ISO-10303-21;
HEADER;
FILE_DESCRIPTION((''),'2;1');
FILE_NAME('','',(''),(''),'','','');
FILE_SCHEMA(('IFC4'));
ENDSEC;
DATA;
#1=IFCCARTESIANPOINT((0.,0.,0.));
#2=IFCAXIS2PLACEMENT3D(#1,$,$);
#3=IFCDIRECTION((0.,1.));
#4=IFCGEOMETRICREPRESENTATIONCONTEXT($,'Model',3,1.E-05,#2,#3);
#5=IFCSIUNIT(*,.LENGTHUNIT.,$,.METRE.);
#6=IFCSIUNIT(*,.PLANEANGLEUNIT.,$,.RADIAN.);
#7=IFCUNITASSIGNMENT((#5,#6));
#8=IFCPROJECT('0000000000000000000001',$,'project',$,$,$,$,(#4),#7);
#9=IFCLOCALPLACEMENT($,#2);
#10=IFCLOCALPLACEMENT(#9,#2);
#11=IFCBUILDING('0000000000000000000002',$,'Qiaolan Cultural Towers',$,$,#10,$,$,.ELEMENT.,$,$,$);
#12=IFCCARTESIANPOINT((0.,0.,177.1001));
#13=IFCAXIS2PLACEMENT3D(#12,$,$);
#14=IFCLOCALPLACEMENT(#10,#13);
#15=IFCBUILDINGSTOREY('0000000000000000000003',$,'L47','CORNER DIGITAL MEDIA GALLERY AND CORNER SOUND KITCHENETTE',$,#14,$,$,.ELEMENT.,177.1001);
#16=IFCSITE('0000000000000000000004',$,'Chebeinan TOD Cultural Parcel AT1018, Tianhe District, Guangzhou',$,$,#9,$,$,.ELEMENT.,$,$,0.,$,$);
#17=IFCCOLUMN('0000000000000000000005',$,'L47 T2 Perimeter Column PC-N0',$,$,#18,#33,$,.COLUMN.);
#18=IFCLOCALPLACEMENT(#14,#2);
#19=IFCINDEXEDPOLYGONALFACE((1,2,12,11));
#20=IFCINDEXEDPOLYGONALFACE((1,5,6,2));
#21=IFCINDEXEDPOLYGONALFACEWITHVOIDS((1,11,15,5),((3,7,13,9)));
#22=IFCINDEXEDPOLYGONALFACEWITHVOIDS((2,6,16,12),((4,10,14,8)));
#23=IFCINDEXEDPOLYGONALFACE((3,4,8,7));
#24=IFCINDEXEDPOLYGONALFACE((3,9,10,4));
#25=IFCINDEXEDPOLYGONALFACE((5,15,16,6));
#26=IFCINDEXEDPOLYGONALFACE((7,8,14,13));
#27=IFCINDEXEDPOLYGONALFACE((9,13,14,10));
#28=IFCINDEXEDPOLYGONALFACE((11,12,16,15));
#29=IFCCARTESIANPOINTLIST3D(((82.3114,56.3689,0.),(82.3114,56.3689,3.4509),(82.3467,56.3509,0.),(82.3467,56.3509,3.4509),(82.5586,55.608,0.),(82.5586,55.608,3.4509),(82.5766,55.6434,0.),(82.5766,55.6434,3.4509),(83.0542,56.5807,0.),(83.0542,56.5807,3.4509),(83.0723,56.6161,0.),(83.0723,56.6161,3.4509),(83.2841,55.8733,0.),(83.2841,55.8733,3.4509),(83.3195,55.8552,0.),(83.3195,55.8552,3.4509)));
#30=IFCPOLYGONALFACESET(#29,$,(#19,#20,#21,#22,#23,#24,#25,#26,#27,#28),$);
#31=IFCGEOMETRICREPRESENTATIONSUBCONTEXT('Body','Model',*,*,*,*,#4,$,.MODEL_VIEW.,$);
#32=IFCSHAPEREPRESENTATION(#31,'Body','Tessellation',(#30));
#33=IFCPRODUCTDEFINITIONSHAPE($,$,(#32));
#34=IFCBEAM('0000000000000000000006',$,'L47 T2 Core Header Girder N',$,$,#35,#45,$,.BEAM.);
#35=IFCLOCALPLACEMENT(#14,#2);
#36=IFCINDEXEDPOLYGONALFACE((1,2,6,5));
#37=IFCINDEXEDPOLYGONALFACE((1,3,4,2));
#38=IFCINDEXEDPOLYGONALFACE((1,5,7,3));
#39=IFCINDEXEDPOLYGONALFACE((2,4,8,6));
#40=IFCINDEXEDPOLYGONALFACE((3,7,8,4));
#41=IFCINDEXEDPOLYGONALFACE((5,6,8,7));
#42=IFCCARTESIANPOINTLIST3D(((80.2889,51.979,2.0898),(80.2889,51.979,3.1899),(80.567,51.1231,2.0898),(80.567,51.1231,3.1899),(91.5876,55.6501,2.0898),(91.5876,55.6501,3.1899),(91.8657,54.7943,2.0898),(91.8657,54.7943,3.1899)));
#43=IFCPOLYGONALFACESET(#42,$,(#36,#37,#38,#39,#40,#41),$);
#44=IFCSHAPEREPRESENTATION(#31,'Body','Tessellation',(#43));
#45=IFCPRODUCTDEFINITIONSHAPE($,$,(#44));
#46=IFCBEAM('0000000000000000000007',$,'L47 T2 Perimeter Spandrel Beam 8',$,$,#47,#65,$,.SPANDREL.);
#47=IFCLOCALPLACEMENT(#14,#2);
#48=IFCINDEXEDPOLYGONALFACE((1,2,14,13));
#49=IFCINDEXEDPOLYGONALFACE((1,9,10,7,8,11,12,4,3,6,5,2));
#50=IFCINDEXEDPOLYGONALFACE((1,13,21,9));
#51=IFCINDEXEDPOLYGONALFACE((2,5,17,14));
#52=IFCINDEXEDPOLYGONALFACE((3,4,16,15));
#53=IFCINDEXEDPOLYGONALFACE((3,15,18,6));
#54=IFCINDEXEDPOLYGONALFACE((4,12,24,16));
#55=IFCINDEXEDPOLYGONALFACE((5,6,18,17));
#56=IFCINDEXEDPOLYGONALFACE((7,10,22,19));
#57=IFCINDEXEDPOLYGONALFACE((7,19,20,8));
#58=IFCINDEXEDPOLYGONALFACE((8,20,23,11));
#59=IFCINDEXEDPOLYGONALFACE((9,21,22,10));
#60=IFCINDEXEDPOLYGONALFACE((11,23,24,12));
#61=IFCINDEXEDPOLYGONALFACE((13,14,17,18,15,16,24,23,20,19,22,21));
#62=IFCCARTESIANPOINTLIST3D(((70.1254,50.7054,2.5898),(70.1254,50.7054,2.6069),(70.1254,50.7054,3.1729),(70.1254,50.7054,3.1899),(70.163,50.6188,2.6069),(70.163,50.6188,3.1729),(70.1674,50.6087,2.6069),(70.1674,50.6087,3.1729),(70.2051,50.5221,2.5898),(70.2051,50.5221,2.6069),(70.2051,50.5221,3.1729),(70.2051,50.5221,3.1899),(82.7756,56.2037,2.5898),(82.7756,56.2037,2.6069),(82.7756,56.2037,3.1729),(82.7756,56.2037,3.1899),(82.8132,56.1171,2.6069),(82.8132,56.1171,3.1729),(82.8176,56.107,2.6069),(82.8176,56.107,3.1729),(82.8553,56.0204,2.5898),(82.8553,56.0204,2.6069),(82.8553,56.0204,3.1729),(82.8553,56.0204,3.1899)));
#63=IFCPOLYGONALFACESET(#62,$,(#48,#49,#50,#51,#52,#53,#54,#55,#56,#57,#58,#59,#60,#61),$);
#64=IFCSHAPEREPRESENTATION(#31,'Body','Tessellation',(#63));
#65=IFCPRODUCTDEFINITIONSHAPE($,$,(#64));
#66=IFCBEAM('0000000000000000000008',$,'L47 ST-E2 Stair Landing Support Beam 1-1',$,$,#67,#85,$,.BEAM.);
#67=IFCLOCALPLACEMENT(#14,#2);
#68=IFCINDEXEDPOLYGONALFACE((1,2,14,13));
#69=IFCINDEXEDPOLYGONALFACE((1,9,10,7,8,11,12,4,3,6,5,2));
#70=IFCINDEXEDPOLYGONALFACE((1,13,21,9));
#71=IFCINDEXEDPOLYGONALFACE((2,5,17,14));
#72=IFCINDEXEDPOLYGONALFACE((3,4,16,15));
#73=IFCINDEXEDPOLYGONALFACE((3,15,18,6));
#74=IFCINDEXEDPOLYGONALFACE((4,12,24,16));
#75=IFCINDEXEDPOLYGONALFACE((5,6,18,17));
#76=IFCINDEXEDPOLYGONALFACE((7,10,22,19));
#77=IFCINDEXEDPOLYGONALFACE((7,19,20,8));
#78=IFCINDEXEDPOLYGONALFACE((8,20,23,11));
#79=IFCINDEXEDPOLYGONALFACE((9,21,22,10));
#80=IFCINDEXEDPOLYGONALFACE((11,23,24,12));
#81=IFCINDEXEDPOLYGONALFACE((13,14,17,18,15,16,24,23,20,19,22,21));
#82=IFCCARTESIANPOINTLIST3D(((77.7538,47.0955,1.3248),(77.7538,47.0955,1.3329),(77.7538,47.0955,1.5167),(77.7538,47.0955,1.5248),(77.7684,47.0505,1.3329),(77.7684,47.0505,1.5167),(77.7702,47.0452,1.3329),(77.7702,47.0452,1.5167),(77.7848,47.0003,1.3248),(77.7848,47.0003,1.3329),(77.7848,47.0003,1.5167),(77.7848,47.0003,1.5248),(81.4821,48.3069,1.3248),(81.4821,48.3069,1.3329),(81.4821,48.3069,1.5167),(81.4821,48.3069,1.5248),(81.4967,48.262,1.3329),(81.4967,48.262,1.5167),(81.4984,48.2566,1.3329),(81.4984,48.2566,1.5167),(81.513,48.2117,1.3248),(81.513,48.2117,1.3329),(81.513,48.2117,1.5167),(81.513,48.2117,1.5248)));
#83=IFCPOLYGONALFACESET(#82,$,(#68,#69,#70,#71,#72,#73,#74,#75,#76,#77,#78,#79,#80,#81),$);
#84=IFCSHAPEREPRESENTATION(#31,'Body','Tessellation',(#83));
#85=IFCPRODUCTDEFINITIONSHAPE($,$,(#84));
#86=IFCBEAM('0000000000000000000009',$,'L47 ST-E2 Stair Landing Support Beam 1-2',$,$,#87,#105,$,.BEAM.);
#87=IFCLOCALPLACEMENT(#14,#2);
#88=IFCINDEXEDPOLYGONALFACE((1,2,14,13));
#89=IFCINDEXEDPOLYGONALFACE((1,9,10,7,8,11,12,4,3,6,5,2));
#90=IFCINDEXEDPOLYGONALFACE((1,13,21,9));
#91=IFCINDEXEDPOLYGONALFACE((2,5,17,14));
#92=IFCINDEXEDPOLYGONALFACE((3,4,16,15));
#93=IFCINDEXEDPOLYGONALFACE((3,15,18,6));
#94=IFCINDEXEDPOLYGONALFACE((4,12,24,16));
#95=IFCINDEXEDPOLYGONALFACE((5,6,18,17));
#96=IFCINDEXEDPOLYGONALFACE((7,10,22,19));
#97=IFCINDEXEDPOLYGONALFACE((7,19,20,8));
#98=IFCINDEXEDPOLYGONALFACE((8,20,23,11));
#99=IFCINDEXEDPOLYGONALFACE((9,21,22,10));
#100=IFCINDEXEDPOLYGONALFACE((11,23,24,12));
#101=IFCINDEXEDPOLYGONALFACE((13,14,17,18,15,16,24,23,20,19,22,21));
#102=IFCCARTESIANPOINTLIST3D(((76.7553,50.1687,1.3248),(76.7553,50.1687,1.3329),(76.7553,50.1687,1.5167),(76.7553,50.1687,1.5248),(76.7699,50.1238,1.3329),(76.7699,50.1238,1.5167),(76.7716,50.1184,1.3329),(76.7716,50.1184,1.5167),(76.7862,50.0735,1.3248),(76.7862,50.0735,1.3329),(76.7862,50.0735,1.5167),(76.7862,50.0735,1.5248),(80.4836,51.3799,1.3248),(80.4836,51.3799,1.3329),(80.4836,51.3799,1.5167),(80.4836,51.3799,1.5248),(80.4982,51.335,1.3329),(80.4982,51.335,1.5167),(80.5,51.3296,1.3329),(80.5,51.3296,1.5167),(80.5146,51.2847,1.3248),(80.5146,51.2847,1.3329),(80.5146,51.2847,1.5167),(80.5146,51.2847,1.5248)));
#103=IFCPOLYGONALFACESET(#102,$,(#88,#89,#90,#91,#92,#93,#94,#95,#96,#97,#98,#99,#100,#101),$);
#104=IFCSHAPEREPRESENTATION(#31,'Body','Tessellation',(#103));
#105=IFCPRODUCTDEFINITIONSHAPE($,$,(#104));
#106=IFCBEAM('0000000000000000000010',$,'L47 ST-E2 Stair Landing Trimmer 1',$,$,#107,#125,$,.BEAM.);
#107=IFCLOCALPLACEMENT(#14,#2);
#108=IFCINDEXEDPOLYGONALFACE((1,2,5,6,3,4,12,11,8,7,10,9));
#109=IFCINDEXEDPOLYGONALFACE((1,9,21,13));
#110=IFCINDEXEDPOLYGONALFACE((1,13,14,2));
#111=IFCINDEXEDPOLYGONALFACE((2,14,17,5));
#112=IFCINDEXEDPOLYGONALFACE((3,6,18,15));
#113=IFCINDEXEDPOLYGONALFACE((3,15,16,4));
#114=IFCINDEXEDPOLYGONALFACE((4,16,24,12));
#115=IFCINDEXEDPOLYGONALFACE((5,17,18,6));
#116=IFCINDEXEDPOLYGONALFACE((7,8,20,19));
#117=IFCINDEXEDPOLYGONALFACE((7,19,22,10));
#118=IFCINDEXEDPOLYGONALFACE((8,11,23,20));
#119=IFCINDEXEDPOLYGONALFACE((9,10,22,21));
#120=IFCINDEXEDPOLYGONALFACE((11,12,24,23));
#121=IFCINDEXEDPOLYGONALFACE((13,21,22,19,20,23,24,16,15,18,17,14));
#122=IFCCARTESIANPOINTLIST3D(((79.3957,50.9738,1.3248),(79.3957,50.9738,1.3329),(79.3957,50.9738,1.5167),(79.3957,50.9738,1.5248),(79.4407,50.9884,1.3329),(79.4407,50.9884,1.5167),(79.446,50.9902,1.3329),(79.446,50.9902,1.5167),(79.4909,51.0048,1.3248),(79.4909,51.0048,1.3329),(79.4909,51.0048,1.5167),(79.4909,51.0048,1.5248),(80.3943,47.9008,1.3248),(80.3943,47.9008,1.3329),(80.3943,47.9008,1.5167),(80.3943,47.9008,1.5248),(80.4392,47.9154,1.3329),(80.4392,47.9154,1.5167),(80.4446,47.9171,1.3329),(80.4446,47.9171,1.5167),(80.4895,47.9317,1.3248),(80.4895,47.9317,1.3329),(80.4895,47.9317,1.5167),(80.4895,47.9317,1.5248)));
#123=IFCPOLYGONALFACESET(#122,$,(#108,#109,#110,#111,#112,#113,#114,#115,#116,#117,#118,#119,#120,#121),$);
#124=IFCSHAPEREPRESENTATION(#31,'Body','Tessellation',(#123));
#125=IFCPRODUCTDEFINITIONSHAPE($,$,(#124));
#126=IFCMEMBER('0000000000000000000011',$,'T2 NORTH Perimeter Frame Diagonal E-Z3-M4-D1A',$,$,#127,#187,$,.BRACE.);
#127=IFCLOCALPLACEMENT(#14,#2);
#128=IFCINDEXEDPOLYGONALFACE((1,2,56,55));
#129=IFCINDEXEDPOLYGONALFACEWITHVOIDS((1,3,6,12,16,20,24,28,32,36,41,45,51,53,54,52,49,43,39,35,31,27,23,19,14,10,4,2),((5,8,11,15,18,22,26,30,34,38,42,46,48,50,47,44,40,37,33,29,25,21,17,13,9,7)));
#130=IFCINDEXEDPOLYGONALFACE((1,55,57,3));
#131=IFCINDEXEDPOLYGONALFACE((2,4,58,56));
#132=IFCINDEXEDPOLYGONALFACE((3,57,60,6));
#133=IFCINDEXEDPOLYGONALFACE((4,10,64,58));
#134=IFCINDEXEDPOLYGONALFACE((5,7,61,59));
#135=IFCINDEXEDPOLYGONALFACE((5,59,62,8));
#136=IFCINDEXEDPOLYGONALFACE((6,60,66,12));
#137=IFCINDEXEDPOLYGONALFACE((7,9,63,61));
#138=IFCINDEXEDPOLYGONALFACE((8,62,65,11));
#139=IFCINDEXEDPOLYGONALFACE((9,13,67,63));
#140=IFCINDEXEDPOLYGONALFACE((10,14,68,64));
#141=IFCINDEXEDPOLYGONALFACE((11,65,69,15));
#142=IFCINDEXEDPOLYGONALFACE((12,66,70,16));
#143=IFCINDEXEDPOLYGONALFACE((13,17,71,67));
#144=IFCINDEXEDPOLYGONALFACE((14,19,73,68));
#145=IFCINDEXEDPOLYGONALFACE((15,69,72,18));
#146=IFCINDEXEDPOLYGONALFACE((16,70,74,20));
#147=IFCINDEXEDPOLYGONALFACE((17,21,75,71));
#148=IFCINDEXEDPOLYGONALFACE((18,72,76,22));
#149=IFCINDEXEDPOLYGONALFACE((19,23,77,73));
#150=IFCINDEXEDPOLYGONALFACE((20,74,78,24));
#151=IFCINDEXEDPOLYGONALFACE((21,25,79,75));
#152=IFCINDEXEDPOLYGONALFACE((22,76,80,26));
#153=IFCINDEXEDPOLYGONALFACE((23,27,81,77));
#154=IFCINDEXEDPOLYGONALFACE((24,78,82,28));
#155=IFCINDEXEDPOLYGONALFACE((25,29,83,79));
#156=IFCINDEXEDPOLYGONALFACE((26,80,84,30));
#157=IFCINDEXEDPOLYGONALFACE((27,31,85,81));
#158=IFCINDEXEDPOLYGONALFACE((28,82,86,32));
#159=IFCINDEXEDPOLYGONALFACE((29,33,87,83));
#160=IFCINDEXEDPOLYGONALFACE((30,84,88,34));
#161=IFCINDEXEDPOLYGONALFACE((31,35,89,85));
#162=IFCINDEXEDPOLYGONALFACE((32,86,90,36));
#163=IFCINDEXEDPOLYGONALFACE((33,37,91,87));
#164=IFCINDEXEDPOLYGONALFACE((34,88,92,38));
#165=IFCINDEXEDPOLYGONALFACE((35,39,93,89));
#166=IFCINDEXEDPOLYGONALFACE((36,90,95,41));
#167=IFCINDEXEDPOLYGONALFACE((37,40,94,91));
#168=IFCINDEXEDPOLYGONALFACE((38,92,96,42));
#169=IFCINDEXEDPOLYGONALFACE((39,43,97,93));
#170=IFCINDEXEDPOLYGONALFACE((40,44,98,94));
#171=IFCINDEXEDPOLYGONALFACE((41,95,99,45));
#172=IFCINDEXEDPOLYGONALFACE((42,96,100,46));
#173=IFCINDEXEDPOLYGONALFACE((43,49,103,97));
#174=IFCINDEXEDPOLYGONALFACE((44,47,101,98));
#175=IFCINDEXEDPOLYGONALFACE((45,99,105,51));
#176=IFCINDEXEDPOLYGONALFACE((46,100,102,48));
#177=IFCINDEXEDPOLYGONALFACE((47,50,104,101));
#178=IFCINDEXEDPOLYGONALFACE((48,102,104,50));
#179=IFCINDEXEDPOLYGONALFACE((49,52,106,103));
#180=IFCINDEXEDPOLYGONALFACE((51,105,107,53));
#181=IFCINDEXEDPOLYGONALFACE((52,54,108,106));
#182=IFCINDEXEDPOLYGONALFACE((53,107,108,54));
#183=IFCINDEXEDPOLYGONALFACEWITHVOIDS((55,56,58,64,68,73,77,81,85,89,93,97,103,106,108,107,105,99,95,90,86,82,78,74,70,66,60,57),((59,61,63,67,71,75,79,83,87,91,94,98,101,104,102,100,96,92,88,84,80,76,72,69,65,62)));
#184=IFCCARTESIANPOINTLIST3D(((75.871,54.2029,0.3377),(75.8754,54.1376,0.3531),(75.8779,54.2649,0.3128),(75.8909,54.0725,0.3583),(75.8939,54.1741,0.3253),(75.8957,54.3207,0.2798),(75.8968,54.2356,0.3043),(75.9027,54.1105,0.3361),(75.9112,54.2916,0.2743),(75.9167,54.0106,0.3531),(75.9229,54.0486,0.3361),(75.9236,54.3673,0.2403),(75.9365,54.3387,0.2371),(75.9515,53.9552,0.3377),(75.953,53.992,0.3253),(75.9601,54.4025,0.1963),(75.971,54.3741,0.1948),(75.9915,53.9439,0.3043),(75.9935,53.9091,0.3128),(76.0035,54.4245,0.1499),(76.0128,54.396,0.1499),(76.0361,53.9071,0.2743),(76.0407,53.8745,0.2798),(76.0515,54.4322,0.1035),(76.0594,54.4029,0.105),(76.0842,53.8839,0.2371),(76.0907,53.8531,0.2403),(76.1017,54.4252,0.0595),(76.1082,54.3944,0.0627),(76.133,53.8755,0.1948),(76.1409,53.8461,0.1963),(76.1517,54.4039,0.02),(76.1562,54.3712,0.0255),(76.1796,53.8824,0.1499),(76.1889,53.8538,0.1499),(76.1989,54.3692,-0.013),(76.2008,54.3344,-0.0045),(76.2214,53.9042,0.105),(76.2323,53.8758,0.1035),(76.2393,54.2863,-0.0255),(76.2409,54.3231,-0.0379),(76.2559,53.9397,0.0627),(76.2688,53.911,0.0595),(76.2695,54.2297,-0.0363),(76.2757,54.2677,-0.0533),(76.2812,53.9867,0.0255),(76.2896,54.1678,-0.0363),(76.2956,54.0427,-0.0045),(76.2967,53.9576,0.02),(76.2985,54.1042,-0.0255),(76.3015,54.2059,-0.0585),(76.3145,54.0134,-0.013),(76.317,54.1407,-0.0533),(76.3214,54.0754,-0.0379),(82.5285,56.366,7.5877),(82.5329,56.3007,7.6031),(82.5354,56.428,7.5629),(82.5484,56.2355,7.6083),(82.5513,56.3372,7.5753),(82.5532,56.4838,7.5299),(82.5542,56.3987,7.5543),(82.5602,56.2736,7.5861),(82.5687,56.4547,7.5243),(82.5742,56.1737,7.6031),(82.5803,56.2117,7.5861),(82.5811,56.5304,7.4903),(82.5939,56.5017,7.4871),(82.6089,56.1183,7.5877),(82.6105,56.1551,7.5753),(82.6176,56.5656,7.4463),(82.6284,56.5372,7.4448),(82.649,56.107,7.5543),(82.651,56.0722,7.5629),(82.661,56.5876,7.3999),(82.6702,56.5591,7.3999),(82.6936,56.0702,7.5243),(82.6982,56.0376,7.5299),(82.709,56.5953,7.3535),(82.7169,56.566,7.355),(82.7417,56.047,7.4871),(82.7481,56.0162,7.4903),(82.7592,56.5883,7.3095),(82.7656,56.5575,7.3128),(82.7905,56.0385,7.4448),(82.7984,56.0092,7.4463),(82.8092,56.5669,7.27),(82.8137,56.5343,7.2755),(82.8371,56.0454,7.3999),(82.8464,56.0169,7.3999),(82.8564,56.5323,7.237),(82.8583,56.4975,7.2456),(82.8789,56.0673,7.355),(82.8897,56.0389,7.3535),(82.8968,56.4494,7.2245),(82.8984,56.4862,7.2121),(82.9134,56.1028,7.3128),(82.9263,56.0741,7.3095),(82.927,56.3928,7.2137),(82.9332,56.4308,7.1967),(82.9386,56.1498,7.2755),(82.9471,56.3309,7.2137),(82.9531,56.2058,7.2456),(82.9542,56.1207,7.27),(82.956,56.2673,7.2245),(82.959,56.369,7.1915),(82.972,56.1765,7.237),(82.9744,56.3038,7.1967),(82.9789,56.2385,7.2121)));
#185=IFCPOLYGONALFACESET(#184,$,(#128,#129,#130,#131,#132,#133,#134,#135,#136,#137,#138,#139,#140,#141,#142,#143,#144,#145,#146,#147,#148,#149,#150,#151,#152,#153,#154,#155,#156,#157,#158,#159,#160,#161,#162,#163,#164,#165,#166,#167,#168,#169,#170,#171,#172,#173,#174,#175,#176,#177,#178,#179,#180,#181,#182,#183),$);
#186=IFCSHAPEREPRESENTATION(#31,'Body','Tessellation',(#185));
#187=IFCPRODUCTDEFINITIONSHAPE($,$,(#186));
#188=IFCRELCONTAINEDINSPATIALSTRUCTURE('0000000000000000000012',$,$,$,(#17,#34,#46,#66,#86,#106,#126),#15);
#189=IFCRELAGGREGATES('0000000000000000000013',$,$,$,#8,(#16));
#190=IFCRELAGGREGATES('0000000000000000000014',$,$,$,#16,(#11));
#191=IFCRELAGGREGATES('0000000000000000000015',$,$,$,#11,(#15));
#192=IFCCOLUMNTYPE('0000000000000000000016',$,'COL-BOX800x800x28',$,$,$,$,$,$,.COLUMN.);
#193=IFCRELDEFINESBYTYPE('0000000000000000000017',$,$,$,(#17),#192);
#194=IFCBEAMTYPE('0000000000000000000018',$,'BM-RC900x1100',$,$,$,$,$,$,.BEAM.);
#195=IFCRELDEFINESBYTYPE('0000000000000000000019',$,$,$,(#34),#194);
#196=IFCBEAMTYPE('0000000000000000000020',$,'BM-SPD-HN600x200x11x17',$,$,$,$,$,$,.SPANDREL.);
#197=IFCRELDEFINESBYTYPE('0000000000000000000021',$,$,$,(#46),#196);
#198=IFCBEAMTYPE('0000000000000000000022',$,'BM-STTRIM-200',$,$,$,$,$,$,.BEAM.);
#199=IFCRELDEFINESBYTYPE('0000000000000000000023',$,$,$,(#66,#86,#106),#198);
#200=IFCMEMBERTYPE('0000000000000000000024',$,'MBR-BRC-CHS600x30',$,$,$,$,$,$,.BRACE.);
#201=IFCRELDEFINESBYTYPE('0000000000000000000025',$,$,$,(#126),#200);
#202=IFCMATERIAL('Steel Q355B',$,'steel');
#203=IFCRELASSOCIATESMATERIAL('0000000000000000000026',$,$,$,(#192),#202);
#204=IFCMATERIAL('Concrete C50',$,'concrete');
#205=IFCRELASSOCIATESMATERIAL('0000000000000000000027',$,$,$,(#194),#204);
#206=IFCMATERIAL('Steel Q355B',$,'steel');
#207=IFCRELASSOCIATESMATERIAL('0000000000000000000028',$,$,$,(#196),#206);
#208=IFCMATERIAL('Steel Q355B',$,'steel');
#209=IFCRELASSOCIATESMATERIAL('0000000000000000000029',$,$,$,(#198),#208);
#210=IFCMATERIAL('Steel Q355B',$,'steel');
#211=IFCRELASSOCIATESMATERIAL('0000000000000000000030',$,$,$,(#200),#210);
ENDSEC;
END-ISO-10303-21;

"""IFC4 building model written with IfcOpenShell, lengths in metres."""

from ifc_helpers import new_model, si_unit, direction, frame, origin, origin_2d, place, context, subcontext, project, spatial, rectangle, hollow_rectangle, hollow_circle, i_section, extrude, material, material_profile, profile_set, type_object, element, save


model = new_model("IFC4")

# Units and contexts
model_context = context("Model", 3, precision=1e-05, world=origin(), true_north=direction((0.0, 1.0)))
body_context = subcontext(model_context, "Body", "Model", "MODEL_VIEW")
ifc_project = project(units=[si_unit("LENGTHUNIT", "METRE"), si_unit("PLANEANGLEUNIT", "RADIAN")], contexts=[model_context])

# Site, building, storey
site_placement = place(None, origin())
site = spatial("IfcSite", under=ifc_project, at=site_placement, Name="Chebeinan TOD Cultural Parcel AT1018, Tianhe District, Guangzhou", CompositionType="ELEMENT", RefElevation=0.0)
building_placement = place(site_placement, origin())
building = spatial("IfcBuilding", under=site, at=building_placement, Name="Qiaolan Cultural Towers", CompositionType="ELEMENT")
storey_placement = place(building_placement, frame((0.0, 0.0, 177.1001)))
storey = spatial("IfcBuildingStorey", under=building, at=storey_placement, Name="L47", Description="CORNER DIGITAL MEDIA GALLERY AND CORNER SOUND KITCHENETTE", CompositionType="ELEMENT", Elevation=177.1001)

# Column
ifc_material_1 = material(Name="Steel Q355B", Category="steel")
ifc_material_profile_1 = material_profile(ifc_material_1, hollow_rectangle(XDim=0.8, YDim=0.8, WallThickness=0.0281, at=origin_2d()), Name="BOX800x800x28")
ifc_profile_set_1 = profile_set([ifc_material_profile_1], Name="Steel Q355B")
column_type = type_object("IfcColumnType", Name="COL-BOX800x800x28", PredefinedType="COLUMN", material=ifc_profile_set_1)
column_placement = place(storey_placement, frame((82.8154, 56.1121, 0.0), z_axis=(0.0, 0.0, 1.0), x_axis=(0.951057, 0.309017, 0.0)))
element("IfcColumn", 1, at=column_placement, inside=storey, type_object=column_type, Name="L47 T2 Perimeter Column PC-N0", PredefinedType="COLUMN", context=body_context, shape_type="SweptSolid", body=[
    extrude(hollow_rectangle(XDim=0.8, YDim=0.8, WallThickness=0.0281, at=origin_2d()), origin(), (0.0, 0.0, 1.0), 3.4509),
])

# Beams
ifc_material_2 = material(Name="Concrete C50", Category="concrete")
ifc_material_profile_2 = material_profile(ifc_material_2, rectangle(XDim=0.8999, YDim=1.1001, at=origin_2d()), Name="RC900x1100")
ifc_profile_set_2 = profile_set([ifc_material_profile_2], Name="Concrete C50")
beam_type_1 = type_object("IfcBeamType", Name="BM-RC900x1100", PredefinedType="BEAM", material=ifc_profile_set_2)
beam_1_placement = place(storey_placement, frame((80.428, 51.551, 2.6399), z_axis=(0.951056, 0.309018, 0.0), x_axis=(-0.309018, 0.951056, 0.0)))
element("IfcBeam", 2, at=beam_1_placement, inside=storey, type_object=beam_type_1, Name="L47 T2 Core Header Girder N", PredefinedType="BEAM", context=body_context, shape_type="SweptSolid", body=[
    extrude(rectangle(XDim=0.8999, YDim=1.1001, at=origin_2d()), origin(), (0.0, 0.0, 1.0), 11.8801),
])
ifc_material_3 = material(Name="Steel Q355B", Category="steel")
ifc_material_profile_3 = material_profile(ifc_material_3, i_section(OverallWidth=0.2, OverallDepth=0.6001, WebThickness=0.011, FlangeThickness=0.0171, at=origin_2d()), Name="HN600x200x11x17")
ifc_profile_set_3 = profile_set([ifc_material_profile_3], Name="Steel Q355B")
beam_type_2 = type_object("IfcBeamType", Name="BM-SPD-HN600x200x11x17", PredefinedType="SPANDREL", material=ifc_profile_set_3)
beam_2_placement = place(storey_placement, frame((82.8154, 56.1121, 2.8899), z_axis=(-0.917117, -0.398618, 0.0), x_axis=(0.398618, -0.917117, 0.0)))
element("IfcBeam", 3, at=beam_2_placement, inside=storey, type_object=beam_type_2, Name="L47 T2 Perimeter Spandrel Beam 8", PredefinedType="SPANDREL", context=body_context, shape_type="SweptSolid", body=[
    extrude(i_section(OverallWidth=0.2, OverallDepth=0.6001, WebThickness=0.011, FlangeThickness=0.0171, at=origin_2d()), origin(), (0.0, 0.0, 1.0), 13.7935),
])
ifc_material_4 = material(Name="Steel Q355B", Category="steel")
ifc_material_profile_4 = material_profile(ifc_material_4, i_section(OverallWidth=0.1001, OverallDepth=0.2, WebThickness=0.0056, FlangeThickness=0.0081, at=origin_2d()), Name="HN200x100x5.5x8")
ifc_profile_set_4 = profile_set([ifc_material_profile_4], Name="Steel Q355B")
beam_type_3 = type_object("IfcBeamType", Name="BM-STTRIM-200", PredefinedType="BEAM", material=ifc_profile_set_4)
for number, where, z_axis, x_axis, name in (
    (4, (77.7693, 47.0479, 1.4248), (0.951054, 0.309026, 0.0), (-0.309026, 0.951054, 0.0), "L47 ST-E2 Stair Landing Support Beam 1-1"),
    (5, (76.7708, 50.1211, 1.4248), (0.951072, 0.308969, 0.0), (-0.308969, 0.951072, 0.0), "L47 ST-E2 Stair Landing Support Beam 1-2"),
):
    element("IfcBeam", number, at=place(storey_placement, frame(where, z_axis=z_axis, x_axis=x_axis)), inside=storey, type_object=beam_type_3, Name=name, PredefinedType="BEAM", context=body_context, shape_type="SweptSolid", body=[
        extrude(i_section(OverallWidth=0.1001, OverallDepth=0.2, WebThickness=0.0056, FlangeThickness=0.0081, at=origin_2d()), origin(), (0.0, 0.0, 1.0), 3.9202),
    ])
beam_3_placement = place(storey_placement, frame((80.4419, 47.9163, 1.4248), z_axis=(-0.309033, 0.951051, 0.0), x_axis=(-0.951051, -0.309033, 0.0)))
element("IfcBeam", 6, at=beam_3_placement, inside=storey, type_object=beam_type_3, Name="L47 ST-E2 Stair Landing Trimmer 1", PredefinedType="BEAM", context=body_context, shape_type="SweptSolid", body=[
    extrude(i_section(OverallWidth=0.1001, OverallDepth=0.2, WebThickness=0.0056, FlangeThickness=0.0081, at=origin_2d()), origin(), (0.0, 0.0, 1.0), 3.2312),
])

# Member
ifc_material_5 = material(Name="Steel Q355B", Category="steel")
ifc_material_profile_5 = material_profile(ifc_material_5, hollow_circle(Radius=0.3, WallThickness=0.03, at=origin_2d()), Name="CHS600x30")
ifc_profile_set_5 = profile_set([ifc_material_profile_5], Name="Steel Q355B")
member_type = type_object("IfcMemberType", Name="MBR-BRC-CHS600x30", PredefinedType="BRACE", material=ifc_profile_set_5)
member_1_placement = place(storey_placement, frame((76.0962, 54.1392, 0.1499), z_axis=(0.660603, 0.214637, 0.719398), x_axis=(-0.30901, 0.951059, 0.0)))
element("IfcMember", 7, at=member_1_placement, inside=storey, type_object=member_type, Name="T2 NORTH Perimeter Frame Diagonal E-Z3-M4-D1A", PredefinedType="BRACE", context=body_context, shape_type="SweptSolid", body=[
    extrude(hollow_circle(Radius=0.3, WallThickness=0.03, at=origin_2d()), origin(), (0.0, 0.0, 1.0), 10.0779),
])

save(model, "model.ifc")
